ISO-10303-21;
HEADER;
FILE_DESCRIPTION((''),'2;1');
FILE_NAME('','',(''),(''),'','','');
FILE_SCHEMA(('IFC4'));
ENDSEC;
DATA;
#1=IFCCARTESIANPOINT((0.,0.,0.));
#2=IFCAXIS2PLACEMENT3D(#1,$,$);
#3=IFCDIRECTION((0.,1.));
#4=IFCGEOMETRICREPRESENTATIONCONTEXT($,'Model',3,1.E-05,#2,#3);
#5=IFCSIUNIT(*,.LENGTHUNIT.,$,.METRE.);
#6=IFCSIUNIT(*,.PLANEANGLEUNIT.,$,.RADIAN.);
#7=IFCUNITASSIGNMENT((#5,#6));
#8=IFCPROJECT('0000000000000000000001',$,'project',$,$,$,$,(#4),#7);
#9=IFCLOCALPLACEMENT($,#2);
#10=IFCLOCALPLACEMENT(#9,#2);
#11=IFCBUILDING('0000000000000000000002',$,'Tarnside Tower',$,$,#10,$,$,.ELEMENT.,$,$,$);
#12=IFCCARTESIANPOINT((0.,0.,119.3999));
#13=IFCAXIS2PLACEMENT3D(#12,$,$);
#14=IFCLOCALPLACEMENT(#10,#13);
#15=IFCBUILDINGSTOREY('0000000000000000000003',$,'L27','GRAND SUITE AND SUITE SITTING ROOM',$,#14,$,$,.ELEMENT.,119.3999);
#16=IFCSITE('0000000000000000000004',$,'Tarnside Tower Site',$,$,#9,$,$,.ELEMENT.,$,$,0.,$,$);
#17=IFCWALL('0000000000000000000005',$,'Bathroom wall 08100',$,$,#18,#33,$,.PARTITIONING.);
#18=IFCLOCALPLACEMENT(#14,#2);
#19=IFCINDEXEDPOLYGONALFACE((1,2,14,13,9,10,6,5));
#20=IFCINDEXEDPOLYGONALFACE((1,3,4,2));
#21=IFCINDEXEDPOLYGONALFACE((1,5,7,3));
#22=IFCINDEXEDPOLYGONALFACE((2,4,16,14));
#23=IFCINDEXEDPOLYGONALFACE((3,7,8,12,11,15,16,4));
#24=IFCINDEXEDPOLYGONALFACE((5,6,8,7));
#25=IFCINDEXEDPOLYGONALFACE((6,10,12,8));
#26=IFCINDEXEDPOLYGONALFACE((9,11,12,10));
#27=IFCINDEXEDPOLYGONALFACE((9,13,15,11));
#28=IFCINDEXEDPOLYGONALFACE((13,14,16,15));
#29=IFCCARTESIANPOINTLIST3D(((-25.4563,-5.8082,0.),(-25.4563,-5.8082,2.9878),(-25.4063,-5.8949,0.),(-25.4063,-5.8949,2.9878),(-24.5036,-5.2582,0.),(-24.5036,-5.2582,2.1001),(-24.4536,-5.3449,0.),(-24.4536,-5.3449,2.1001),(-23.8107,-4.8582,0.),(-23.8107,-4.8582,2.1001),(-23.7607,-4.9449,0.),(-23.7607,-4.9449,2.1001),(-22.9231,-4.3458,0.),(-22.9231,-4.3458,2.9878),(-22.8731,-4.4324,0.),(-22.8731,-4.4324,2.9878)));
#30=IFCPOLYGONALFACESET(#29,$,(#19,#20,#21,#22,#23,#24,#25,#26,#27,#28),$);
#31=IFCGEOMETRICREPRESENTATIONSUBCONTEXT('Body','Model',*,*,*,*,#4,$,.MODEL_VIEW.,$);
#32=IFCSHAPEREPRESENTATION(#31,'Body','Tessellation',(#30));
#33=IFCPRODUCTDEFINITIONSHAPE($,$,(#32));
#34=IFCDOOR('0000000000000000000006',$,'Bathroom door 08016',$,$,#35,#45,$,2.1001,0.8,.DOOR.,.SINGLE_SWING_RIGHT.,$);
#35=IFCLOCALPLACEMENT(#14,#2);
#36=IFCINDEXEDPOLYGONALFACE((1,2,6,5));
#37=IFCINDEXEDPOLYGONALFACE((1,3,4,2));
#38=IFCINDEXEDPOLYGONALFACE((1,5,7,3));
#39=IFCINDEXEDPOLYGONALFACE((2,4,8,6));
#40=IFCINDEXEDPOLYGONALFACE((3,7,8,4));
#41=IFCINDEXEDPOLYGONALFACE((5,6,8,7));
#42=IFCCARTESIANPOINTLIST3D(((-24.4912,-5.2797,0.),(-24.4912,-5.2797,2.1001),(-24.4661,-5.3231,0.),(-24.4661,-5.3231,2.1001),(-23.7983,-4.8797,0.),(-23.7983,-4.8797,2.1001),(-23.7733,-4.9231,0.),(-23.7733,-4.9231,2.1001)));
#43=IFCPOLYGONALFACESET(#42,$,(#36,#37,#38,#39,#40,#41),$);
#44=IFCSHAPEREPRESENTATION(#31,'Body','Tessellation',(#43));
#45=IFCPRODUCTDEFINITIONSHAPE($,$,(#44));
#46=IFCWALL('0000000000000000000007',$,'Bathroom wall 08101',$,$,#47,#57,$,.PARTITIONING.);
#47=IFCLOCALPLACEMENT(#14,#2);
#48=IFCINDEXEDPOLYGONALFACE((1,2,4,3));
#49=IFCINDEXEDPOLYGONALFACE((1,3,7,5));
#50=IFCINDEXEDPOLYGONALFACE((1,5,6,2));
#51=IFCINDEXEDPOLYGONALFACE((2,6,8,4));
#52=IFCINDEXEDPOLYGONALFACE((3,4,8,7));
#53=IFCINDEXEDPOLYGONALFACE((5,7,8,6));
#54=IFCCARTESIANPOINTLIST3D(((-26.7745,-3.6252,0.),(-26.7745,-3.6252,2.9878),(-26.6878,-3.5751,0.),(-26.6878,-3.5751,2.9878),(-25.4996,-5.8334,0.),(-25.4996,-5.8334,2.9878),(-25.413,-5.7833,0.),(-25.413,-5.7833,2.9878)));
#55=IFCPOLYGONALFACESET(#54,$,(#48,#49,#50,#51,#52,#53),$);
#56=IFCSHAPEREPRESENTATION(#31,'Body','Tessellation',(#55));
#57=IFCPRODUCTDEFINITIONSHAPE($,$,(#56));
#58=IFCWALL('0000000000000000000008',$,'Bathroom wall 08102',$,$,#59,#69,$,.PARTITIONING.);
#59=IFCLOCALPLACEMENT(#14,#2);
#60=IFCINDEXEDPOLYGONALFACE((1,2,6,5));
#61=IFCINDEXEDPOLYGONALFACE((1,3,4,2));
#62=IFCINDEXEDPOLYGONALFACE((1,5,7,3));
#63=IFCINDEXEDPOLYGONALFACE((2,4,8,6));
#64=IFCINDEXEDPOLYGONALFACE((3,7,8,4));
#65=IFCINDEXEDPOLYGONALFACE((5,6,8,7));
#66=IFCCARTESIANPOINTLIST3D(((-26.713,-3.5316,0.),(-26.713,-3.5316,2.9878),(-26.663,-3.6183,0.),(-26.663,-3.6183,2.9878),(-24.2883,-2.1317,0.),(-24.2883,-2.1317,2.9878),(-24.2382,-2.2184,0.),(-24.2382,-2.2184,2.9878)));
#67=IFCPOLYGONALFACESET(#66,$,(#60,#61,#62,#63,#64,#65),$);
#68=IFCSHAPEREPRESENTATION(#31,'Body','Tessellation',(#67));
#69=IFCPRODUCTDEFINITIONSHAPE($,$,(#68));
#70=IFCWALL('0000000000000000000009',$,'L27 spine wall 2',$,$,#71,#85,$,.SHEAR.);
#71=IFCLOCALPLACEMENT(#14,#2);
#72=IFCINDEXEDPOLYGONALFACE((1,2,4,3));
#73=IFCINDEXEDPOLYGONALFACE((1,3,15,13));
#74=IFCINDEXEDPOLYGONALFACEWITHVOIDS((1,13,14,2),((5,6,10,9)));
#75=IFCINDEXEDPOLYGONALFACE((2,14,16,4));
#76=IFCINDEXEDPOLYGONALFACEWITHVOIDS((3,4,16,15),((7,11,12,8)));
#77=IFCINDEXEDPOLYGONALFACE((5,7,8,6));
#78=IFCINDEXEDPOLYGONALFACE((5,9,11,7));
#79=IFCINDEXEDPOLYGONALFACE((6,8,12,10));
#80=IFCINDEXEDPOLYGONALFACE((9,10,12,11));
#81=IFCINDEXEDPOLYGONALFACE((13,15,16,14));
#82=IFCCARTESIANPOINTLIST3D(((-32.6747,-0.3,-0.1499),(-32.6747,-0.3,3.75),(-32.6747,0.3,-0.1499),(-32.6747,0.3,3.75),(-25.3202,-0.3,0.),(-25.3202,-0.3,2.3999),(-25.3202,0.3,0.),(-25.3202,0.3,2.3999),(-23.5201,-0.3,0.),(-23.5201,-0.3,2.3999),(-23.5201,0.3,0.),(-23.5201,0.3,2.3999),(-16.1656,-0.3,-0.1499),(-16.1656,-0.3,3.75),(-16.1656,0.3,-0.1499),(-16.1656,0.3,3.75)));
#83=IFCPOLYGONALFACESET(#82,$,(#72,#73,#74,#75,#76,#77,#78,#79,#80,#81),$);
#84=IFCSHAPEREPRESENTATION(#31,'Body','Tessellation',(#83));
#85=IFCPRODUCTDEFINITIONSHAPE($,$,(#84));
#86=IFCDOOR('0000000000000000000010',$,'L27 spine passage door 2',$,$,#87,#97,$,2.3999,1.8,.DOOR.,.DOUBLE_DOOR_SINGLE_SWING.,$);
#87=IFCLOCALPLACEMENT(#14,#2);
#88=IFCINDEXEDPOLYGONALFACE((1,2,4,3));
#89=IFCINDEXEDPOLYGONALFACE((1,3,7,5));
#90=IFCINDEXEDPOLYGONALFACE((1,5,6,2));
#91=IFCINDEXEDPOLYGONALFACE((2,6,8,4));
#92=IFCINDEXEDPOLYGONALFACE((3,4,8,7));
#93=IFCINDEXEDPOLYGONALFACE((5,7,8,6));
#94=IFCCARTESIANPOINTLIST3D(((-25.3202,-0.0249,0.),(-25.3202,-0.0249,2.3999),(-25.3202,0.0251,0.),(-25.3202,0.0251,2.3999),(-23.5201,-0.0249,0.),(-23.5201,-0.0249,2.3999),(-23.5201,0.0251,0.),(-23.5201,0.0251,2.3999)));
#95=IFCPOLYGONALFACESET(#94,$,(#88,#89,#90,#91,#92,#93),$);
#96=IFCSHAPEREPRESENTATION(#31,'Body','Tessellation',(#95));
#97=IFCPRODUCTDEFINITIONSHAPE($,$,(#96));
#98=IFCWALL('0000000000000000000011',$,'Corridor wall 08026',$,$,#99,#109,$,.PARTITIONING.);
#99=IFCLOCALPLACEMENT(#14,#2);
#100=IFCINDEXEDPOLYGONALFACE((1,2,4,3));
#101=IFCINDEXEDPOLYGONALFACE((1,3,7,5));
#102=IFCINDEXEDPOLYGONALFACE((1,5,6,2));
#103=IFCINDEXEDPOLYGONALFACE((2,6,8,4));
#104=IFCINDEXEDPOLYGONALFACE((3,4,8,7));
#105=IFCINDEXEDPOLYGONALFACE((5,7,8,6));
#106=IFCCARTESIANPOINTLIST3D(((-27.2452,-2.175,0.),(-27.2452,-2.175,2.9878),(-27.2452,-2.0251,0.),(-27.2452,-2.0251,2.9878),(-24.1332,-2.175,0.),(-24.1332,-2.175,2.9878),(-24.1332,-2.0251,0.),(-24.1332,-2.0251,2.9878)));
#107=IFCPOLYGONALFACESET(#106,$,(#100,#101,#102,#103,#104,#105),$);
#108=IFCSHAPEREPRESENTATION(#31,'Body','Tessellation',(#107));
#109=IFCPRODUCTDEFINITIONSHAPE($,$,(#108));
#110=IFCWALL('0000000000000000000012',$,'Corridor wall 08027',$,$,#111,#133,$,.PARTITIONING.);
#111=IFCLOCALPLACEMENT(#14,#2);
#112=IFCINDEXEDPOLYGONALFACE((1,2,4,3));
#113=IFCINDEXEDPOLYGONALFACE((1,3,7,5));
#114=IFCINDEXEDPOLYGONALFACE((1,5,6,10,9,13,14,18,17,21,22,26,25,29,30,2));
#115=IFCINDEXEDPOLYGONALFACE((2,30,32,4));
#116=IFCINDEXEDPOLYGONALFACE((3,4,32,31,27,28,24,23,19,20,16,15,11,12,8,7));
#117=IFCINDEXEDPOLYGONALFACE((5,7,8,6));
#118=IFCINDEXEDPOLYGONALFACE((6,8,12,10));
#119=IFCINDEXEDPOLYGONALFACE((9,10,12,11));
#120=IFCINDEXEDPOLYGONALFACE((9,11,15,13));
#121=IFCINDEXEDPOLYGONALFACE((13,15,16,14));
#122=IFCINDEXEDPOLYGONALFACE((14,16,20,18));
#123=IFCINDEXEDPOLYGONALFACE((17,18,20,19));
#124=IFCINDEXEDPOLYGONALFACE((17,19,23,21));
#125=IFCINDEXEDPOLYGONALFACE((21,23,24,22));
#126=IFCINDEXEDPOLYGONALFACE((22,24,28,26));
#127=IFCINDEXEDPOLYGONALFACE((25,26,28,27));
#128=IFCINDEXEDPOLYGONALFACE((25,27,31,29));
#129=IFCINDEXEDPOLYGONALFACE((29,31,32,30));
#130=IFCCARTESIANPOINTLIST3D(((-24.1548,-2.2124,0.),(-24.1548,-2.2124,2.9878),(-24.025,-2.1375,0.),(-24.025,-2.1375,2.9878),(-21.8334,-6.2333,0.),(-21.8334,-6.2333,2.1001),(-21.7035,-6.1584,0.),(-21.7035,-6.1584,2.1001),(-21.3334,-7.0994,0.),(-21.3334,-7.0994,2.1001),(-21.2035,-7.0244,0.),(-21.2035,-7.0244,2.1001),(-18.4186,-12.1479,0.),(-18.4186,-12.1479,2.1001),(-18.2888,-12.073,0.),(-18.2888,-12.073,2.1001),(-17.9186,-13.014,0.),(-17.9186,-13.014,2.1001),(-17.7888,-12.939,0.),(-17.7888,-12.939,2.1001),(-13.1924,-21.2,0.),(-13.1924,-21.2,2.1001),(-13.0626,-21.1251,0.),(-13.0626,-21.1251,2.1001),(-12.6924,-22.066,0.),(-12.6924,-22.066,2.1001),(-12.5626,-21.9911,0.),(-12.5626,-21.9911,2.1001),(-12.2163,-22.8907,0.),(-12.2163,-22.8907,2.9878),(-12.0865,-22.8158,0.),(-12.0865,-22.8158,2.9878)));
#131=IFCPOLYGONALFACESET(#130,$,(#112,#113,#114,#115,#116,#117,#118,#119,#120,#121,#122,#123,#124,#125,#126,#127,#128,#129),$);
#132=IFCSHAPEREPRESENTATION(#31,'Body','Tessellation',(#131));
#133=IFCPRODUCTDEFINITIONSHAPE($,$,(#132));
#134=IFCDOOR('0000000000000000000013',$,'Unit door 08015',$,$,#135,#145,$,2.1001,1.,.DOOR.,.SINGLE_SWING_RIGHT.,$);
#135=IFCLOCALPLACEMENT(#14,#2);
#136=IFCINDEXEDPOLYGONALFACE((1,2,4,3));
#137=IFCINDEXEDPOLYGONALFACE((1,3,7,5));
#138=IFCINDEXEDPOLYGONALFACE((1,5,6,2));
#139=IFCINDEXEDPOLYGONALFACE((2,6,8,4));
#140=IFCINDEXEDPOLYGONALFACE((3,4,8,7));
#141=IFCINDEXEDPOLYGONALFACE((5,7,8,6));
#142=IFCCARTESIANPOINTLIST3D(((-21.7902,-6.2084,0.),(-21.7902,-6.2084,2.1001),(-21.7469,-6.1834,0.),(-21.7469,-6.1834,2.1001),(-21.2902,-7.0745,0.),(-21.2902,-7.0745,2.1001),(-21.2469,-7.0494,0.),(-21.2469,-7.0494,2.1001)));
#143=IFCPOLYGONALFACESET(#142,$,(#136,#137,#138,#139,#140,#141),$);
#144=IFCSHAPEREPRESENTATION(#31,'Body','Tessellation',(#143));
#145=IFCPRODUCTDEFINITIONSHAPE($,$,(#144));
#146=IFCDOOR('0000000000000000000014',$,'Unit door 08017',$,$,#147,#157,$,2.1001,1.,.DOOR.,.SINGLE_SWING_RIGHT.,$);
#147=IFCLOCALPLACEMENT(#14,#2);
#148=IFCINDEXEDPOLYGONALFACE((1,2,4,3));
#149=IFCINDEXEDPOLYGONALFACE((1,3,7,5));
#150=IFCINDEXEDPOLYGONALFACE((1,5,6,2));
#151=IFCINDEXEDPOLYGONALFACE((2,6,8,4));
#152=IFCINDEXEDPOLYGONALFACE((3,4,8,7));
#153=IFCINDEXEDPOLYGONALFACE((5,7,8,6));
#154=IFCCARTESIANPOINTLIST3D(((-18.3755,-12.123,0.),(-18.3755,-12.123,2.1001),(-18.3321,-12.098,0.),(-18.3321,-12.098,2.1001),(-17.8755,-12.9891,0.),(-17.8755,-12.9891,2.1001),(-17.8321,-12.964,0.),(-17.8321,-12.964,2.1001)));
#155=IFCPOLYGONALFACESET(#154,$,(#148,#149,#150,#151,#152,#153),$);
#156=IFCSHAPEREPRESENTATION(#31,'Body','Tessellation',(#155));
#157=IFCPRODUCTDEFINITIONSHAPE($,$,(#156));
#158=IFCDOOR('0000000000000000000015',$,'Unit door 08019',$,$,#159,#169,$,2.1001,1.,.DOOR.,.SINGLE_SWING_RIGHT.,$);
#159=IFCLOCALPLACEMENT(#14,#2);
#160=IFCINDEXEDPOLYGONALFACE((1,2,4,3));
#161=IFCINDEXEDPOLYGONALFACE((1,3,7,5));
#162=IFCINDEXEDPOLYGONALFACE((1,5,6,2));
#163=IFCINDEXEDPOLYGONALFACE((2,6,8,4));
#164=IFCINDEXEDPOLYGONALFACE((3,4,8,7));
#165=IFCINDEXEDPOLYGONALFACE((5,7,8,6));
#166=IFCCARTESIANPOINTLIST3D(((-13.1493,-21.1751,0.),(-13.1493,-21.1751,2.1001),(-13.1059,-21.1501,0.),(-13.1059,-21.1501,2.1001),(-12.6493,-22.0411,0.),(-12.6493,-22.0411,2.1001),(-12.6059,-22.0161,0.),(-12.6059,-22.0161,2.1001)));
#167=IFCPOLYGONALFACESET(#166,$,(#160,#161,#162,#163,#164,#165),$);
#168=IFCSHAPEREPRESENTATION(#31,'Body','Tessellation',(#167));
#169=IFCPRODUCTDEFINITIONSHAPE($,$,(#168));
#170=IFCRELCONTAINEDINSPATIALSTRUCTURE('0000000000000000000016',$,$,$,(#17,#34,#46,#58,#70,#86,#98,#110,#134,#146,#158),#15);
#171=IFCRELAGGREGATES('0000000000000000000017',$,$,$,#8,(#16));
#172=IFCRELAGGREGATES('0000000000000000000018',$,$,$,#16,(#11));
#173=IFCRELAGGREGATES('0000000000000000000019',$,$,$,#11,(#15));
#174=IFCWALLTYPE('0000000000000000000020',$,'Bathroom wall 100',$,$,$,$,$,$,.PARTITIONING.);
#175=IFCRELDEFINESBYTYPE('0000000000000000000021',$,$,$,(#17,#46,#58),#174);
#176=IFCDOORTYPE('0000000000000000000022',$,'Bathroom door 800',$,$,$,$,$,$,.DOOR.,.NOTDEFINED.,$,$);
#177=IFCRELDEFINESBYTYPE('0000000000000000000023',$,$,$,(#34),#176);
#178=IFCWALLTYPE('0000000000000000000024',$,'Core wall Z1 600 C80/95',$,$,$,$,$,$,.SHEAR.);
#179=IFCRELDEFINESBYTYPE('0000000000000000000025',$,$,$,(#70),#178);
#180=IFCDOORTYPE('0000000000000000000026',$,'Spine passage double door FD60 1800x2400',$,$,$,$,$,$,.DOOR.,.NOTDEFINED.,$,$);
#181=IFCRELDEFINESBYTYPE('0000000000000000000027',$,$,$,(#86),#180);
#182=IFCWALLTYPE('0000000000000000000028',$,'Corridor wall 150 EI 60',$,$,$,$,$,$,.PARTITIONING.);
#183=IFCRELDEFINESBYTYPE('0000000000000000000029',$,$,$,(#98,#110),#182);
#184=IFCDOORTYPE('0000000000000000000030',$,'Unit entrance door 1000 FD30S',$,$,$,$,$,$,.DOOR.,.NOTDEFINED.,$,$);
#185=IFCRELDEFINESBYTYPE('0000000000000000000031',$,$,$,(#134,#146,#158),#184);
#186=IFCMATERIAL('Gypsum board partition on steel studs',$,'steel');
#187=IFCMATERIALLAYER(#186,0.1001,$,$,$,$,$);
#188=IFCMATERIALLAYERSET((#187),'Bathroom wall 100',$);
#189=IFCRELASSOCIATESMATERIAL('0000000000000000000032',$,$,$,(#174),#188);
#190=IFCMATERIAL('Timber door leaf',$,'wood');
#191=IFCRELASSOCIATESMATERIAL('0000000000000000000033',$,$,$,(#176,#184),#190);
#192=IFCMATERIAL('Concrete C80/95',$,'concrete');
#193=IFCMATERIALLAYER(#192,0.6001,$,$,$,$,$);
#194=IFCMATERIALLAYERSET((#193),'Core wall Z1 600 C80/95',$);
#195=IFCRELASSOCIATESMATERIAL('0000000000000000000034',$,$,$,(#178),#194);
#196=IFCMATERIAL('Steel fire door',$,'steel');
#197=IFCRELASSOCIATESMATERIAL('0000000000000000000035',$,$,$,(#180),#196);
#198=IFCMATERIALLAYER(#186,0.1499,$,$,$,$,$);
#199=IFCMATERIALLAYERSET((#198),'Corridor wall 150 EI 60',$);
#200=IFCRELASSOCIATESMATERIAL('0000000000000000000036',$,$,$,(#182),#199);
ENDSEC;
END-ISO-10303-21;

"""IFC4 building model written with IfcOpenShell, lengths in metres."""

from ifc_helpers import new_model, si_unit, direction, frame, frame_2d, origin, place, context, subcontext, project, spatial, rectangle, extrude, material, layer, layer_set, type_object, element, fill, save


model = new_model("IFC4")

# Units and contexts
model_context = context("Model", 3, precision=1e-05, world=origin(), true_north=direction((0.0, 1.0)))
body_context = subcontext(model_context, "Body", "Model", "MODEL_VIEW")
ifc_project = project(units=[si_unit("LENGTHUNIT", "METRE"), si_unit("PLANEANGLEUNIT", "RADIAN")], contexts=[model_context])

# Site, building, storey
site_placement = place(None, origin())
site = spatial("IfcSite", under=ifc_project, at=site_placement, Name="Tarnside Tower Site", CompositionType="ELEMENT", RefElevation=0.0)
building_placement = place(site_placement, origin())
building = spatial("IfcBuilding", under=site, at=building_placement, Name="Tarnside Tower", CompositionType="ELEMENT")
storey_placement = place(building_placement, frame((0.0, 0.0, 119.3999)))
storey = spatial("IfcBuildingStorey", under=building, at=storey_placement, Name="L27", Description="GRAND SUITE AND SUITE SITTING ROOM", CompositionType="ELEMENT", Elevation=119.3999)

# Wall, opening, door
ifc_material_1 = material(Name="Gypsum board partition on steel studs", Category="steel")
ifc_layer_1 = layer(ifc_material_1, 0.1001)
ifc_layer_set_1 = layer_set([ifc_layer_1], Name="Bathroom wall 100")
wall_type_1 = type_object("IfcWallType", Name="Bathroom wall 100", PredefinedType="PARTITIONING", material=ifc_layer_set_1)
wall_1_placement = place(storey_placement, frame((-22.8982, -4.3892, 0.0), z_axis=(0.0, 0.0, 1.0), x_axis=(-0.866047, -0.499963, 0.0)))
wall_1 = element("IfcWall", 1, at=wall_1_placement, inside=storey, type_object=wall_type_1, Name="Bathroom wall 08100", PredefinedType="PARTITIONING", context=body_context, shape_type="SweptSolid", body=[
    extrude(rectangle(XDim=2.925, YDim=0.1001, at=frame_2d((1.4624, 0.0))), origin(), (0.0, 0.0, 1.0), 2.9878),
])
opening_1_placement = place(wall_1_placement, frame((1.0249, 0.0, 0.0)))
opening_1 = element("IfcOpeningElement", 2, at=opening_1_placement, cuts=wall_1, PredefinedType="OPENING", context=body_context, shape_type="SweptSolid", body=[
    extrude(rectangle(XDim=0.8, YDim=2.1001, at=frame_2d((0.3999, 1.05))), frame((0.0, 0.0601, 0.0), z_axis=(0.0, -1.0, 0.0), x_axis=(1.0, 0.0, 0.0)), (0.0, 0.0, 1.0), 0.1201),
])
ifc_material_2 = material(Name="Timber door leaf", Category="wood")
door_type_1 = type_object("IfcDoorType", Name="Bathroom door 800", OperationType="NOTDEFINED", PredefinedType="DOOR", material=ifc_material_2)
door_1_placement = place(opening_1_placement, origin())
door_1 = element("IfcDoor", 3, at=door_1_placement, inside=storey, type_object=door_type_1, Name="Bathroom door 08016", OperationType="SINGLE_SWING_RIGHT", OverallHeight=2.1001, OverallWidth=0.8, PredefinedType="DOOR", context=body_context, shape_type="SweptSolid", body=[
    extrude(rectangle(XDim=0.8, YDim=2.1001, at=frame_2d((0.3999, 1.05))), frame((0.0, 0.0249, 0.0), z_axis=(0.0, -1.0, 0.0), x_axis=(1.0, 0.0, 0.0)), (0.0, 0.0, 1.0), 0.05),
])
fill(opening_1, door_1)

# Walls
wall_2_placement = place(storey_placement, frame((-25.4563, -5.8083, 0.0), z_axis=(0.0, 0.0, 1.0), x_axis=(-0.49999, 0.866031, 0.0)))
element("IfcWall", 4, at=wall_2_placement, inside=storey, type_object=wall_type_1, Name="Bathroom wall 08101", PredefinedType="PARTITIONING", context=body_context, shape_type="SweptSolid", body=[
    extrude(rectangle(XDim=2.5498, YDim=0.1001, at=frame_2d((1.2749, 0.0))), origin(), (0.0, 0.0, 1.0), 2.9878),
])
wall_3_placement = place(storey_placement, frame((-26.688, -3.575, 0.0), z_axis=(0.0, 0.0, 1.0), x_axis=(0.866035, 0.499984, 0.0)))
element("IfcWall", 5, at=wall_3_placement, inside=storey, type_object=wall_type_1, Name="Bathroom wall 08102", PredefinedType="PARTITIONING", context=body_context, shape_type="SweptSolid", body=[
    extrude(rectangle(XDim=2.7998, YDim=0.1001, at=frame_2d((1.3999, 0.0))), origin(), (0.0, 0.0, 1.0), 2.9878),
])

# Wall, opening, door
ifc_material_3 = material(Name="Concrete C80/95", Category="concrete")
ifc_layer_2 = layer(ifc_material_3, 0.6001)
ifc_layer_set_2 = layer_set([ifc_layer_2], Name="Core wall Z1 600 C80/95")
wall_type_2 = type_object("IfcWallType", Name="Core wall Z1 600 C80/95", PredefinedType="SHEAR", material=ifc_layer_set_2)
wall_4_placement = place(storey_placement, frame((-16.1658, 0.0, -0.1499), z_axis=(0.0, 0.0, 1.0), x_axis=(-1.0, 0.0, 0.0)))
wall_4 = element("IfcWall", 6, at=wall_4_placement, inside=storey, type_object=wall_type_2, Name="L27 spine wall 2", PredefinedType="SHEAR", context=body_context, shape_type="SweptSolid", body=[
    extrude(rectangle(XDim=16.509, YDim=0.6001, at=frame_2d((8.2544, 0.0))), origin(), (0.0, 0.0, 1.0), 3.8999),
])
opening_2_placement = place(wall_4_placement, frame((7.3545, 0.0, 0.1499)))
opening_2 = element("IfcOpeningElement", 7, at=opening_2_placement, cuts=wall_4, PredefinedType="OPENING", context=body_context, shape_type="SweptSolid", body=[
    extrude(rectangle(XDim=1.8, YDim=2.3999, at=frame_2d((0.8999, 1.2))), frame((0.0, 0.3101, 0.0), z_axis=(0.0, -1.0, 0.0), x_axis=(1.0, 0.0, 0.0)), (0.0, 0.0, 1.0), 0.6201),
])
ifc_material_4 = material(Name="Steel fire door", Category="steel")
door_type_2 = type_object("IfcDoorType", Name="Spine passage double door FD60 1800x2400", OperationType="NOTDEFINED", PredefinedType="DOOR", material=ifc_material_4)
door_2_placement = place(opening_2_placement, origin())
door_2 = element("IfcDoor", 8, at=door_2_placement, inside=storey, type_object=door_type_2, Name="L27 spine passage door 2", OperationType="DOUBLE_DOOR_SINGLE_SWING", OverallHeight=2.3999, OverallWidth=1.8, PredefinedType="DOOR", context=body_context, shape_type="SweptSolid", body=[
    extrude(rectangle(XDim=1.8, YDim=2.3999, at=frame_2d((0.8999, 1.2))), frame((0.0, 0.0249, 0.0), z_axis=(0.0, -1.0, 0.0), x_axis=(1.0, 0.0, 0.0)), (0.0, 0.0, 1.0), 0.05),
])
fill(opening_2, door_2)

# Wall
ifc_layer_3 = layer(ifc_material_1, 0.1499)
ifc_layer_set_3 = layer_set([ifc_layer_3], Name="Corridor wall 150 EI 60")
wall_type_3 = type_object("IfcWallType", Name="Corridor wall 150 EI 60", PredefinedType="PARTITIONING", material=ifc_layer_set_3)
wall_5_placement = place(storey_placement, frame((-27.2454, -2.1001, 0.0), z_axis=(0.0, 0.0, 1.0), x_axis=(1.0, 0.0, 0.0)))
element("IfcWall", 9, at=wall_5_placement, inside=storey, type_object=wall_type_3, Name="Corridor wall 08026", PredefinedType="PARTITIONING", context=body_context, shape_type="SweptSolid", body=[
    extrude(rectangle(XDim=3.1121, YDim=0.1499, at=frame_2d((1.5562, 0.0))), origin(), (0.0, 0.0, 1.0), 2.9878),
])

# Wall, openings, doors
wall_6_placement = place(storey_placement, frame((-24.0898, -2.175, 0.0), z_axis=(0.0, 0.0, 1.0), x_axis=(0.499997, -0.866027, 0.0)))
wall_6 = element("IfcWall", 10, at=wall_6_placement, inside=storey, type_object=wall_type_3, Name="Corridor wall 08027", PredefinedType="PARTITIONING", context=body_context, shape_type="SweptSolid", body=[
    extrude(rectangle(XDim=23.8772, YDim=0.1499, at=frame_2d((11.9385, 0.0))), origin(), (0.0, 0.0, 1.0), 2.9878),
])
opening_3_placement = place(wall_6_placement, frame((4.6428, 0.0, 0.0)))
opening_3 = element("IfcOpeningElement", 11, at=opening_3_placement, cuts=wall_6, PredefinedType="OPENING", context=body_context, shape_type="SweptSolid", body=[
    extrude(rectangle(XDim=1.0, YDim=2.1001, at=frame_2d((0.5, 1.05))), frame((0.0, 0.085, 0.0), z_axis=(0.0, -1.0, 0.0), x_axis=(1.0, 0.0, 0.0)), (0.0, 0.0, 1.0), 0.1699),
])
opening_4_placement = place(wall_6_placement, frame((11.4724, 0.0, 0.0)))
opening_4 = element("IfcOpeningElement", 12, at=opening_4_placement, cuts=wall_6, PredefinedType="OPENING", context=body_context, shape_type="SweptSolid", body=[
    extrude(rectangle(XDim=1.0, YDim=2.1001, at=frame_2d((0.5, 1.05))), frame((0.0, 0.085, 0.0), z_axis=(0.0, -1.0, 0.0), x_axis=(1.0, 0.0, 0.0)), (0.0, 0.0, 1.0), 0.1699),
])
opening_5_placement = place(wall_6_placement, frame((21.9248, 0.0, 0.0)))
opening_5 = element("IfcOpeningElement", 13, at=opening_5_placement, cuts=wall_6, PredefinedType="OPENING", context=body_context, shape_type="SweptSolid", body=[
    extrude(rectangle(XDim=1.0, YDim=2.1001, at=frame_2d((0.5, 1.05))), frame((0.0, 0.085, 0.0), z_axis=(0.0, -1.0, 0.0), x_axis=(1.0, 0.0, 0.0)), (0.0, 0.0, 1.0), 0.1699),
])
door_type_3 = type_object("IfcDoorType", Name="Unit entrance door 1000 FD30S", OperationType="NOTDEFINED", PredefinedType="DOOR", material=ifc_material_2)
door_3_placement = place(opening_3_placement, origin())
door_3 = element("IfcDoor", 14, at=door_3_placement, inside=storey, type_object=door_type_3, Name="Unit door 08015", OperationType="SINGLE_SWING_RIGHT", OverallHeight=2.1001, OverallWidth=1.0, PredefinedType="DOOR", context=body_context, shape_type="SweptSolid", body=[
    extrude(rectangle(XDim=1.0, YDim=2.1001, at=frame_2d((0.5, 1.05))), frame((0.0, 0.0249, 0.0), z_axis=(0.0, -1.0, 0.0), x_axis=(1.0, 0.0, 0.0)), (0.0, 0.0, 1.0), 0.05),
])
fill(opening_3, door_3)
door_4_placement = place(opening_4_placement, origin())
door_4 = element("IfcDoor", 15, at=door_4_placement, inside=storey, type_object=door_type_3, Name="Unit door 08017", OperationType="SINGLE_SWING_RIGHT", OverallHeight=2.1001, OverallWidth=1.0, PredefinedType="DOOR", context=body_context, shape_type="SweptSolid", body=[
    extrude(rectangle(XDim=1.0, YDim=2.1001, at=frame_2d((0.5, 1.05))), frame((0.0, 0.0249, 0.0), z_axis=(0.0, -1.0, 0.0), x_axis=(1.0, 0.0, 0.0)), (0.0, 0.0, 1.0), 0.05),
])
fill(opening_4, door_4)
door_5_placement = place(opening_5_placement, origin())
door_5 = element("IfcDoor", 16, at=door_5_placement, inside=storey, type_object=door_type_3, Name="Unit door 08019", OperationType="SINGLE_SWING_RIGHT", OverallHeight=2.1001, OverallWidth=1.0, PredefinedType="DOOR", context=body_context, shape_type="SweptSolid", body=[
    extrude(rectangle(XDim=1.0, YDim=2.1001, at=frame_2d((0.5, 1.05))), frame((0.0, 0.0249, 0.0), z_axis=(0.0, -1.0, 0.0), x_axis=(1.0, 0.0, 0.0)), (0.0, 0.0, 1.0), 0.05),
])
fill(opening_5, door_5)

save(model, "model.ifc")
